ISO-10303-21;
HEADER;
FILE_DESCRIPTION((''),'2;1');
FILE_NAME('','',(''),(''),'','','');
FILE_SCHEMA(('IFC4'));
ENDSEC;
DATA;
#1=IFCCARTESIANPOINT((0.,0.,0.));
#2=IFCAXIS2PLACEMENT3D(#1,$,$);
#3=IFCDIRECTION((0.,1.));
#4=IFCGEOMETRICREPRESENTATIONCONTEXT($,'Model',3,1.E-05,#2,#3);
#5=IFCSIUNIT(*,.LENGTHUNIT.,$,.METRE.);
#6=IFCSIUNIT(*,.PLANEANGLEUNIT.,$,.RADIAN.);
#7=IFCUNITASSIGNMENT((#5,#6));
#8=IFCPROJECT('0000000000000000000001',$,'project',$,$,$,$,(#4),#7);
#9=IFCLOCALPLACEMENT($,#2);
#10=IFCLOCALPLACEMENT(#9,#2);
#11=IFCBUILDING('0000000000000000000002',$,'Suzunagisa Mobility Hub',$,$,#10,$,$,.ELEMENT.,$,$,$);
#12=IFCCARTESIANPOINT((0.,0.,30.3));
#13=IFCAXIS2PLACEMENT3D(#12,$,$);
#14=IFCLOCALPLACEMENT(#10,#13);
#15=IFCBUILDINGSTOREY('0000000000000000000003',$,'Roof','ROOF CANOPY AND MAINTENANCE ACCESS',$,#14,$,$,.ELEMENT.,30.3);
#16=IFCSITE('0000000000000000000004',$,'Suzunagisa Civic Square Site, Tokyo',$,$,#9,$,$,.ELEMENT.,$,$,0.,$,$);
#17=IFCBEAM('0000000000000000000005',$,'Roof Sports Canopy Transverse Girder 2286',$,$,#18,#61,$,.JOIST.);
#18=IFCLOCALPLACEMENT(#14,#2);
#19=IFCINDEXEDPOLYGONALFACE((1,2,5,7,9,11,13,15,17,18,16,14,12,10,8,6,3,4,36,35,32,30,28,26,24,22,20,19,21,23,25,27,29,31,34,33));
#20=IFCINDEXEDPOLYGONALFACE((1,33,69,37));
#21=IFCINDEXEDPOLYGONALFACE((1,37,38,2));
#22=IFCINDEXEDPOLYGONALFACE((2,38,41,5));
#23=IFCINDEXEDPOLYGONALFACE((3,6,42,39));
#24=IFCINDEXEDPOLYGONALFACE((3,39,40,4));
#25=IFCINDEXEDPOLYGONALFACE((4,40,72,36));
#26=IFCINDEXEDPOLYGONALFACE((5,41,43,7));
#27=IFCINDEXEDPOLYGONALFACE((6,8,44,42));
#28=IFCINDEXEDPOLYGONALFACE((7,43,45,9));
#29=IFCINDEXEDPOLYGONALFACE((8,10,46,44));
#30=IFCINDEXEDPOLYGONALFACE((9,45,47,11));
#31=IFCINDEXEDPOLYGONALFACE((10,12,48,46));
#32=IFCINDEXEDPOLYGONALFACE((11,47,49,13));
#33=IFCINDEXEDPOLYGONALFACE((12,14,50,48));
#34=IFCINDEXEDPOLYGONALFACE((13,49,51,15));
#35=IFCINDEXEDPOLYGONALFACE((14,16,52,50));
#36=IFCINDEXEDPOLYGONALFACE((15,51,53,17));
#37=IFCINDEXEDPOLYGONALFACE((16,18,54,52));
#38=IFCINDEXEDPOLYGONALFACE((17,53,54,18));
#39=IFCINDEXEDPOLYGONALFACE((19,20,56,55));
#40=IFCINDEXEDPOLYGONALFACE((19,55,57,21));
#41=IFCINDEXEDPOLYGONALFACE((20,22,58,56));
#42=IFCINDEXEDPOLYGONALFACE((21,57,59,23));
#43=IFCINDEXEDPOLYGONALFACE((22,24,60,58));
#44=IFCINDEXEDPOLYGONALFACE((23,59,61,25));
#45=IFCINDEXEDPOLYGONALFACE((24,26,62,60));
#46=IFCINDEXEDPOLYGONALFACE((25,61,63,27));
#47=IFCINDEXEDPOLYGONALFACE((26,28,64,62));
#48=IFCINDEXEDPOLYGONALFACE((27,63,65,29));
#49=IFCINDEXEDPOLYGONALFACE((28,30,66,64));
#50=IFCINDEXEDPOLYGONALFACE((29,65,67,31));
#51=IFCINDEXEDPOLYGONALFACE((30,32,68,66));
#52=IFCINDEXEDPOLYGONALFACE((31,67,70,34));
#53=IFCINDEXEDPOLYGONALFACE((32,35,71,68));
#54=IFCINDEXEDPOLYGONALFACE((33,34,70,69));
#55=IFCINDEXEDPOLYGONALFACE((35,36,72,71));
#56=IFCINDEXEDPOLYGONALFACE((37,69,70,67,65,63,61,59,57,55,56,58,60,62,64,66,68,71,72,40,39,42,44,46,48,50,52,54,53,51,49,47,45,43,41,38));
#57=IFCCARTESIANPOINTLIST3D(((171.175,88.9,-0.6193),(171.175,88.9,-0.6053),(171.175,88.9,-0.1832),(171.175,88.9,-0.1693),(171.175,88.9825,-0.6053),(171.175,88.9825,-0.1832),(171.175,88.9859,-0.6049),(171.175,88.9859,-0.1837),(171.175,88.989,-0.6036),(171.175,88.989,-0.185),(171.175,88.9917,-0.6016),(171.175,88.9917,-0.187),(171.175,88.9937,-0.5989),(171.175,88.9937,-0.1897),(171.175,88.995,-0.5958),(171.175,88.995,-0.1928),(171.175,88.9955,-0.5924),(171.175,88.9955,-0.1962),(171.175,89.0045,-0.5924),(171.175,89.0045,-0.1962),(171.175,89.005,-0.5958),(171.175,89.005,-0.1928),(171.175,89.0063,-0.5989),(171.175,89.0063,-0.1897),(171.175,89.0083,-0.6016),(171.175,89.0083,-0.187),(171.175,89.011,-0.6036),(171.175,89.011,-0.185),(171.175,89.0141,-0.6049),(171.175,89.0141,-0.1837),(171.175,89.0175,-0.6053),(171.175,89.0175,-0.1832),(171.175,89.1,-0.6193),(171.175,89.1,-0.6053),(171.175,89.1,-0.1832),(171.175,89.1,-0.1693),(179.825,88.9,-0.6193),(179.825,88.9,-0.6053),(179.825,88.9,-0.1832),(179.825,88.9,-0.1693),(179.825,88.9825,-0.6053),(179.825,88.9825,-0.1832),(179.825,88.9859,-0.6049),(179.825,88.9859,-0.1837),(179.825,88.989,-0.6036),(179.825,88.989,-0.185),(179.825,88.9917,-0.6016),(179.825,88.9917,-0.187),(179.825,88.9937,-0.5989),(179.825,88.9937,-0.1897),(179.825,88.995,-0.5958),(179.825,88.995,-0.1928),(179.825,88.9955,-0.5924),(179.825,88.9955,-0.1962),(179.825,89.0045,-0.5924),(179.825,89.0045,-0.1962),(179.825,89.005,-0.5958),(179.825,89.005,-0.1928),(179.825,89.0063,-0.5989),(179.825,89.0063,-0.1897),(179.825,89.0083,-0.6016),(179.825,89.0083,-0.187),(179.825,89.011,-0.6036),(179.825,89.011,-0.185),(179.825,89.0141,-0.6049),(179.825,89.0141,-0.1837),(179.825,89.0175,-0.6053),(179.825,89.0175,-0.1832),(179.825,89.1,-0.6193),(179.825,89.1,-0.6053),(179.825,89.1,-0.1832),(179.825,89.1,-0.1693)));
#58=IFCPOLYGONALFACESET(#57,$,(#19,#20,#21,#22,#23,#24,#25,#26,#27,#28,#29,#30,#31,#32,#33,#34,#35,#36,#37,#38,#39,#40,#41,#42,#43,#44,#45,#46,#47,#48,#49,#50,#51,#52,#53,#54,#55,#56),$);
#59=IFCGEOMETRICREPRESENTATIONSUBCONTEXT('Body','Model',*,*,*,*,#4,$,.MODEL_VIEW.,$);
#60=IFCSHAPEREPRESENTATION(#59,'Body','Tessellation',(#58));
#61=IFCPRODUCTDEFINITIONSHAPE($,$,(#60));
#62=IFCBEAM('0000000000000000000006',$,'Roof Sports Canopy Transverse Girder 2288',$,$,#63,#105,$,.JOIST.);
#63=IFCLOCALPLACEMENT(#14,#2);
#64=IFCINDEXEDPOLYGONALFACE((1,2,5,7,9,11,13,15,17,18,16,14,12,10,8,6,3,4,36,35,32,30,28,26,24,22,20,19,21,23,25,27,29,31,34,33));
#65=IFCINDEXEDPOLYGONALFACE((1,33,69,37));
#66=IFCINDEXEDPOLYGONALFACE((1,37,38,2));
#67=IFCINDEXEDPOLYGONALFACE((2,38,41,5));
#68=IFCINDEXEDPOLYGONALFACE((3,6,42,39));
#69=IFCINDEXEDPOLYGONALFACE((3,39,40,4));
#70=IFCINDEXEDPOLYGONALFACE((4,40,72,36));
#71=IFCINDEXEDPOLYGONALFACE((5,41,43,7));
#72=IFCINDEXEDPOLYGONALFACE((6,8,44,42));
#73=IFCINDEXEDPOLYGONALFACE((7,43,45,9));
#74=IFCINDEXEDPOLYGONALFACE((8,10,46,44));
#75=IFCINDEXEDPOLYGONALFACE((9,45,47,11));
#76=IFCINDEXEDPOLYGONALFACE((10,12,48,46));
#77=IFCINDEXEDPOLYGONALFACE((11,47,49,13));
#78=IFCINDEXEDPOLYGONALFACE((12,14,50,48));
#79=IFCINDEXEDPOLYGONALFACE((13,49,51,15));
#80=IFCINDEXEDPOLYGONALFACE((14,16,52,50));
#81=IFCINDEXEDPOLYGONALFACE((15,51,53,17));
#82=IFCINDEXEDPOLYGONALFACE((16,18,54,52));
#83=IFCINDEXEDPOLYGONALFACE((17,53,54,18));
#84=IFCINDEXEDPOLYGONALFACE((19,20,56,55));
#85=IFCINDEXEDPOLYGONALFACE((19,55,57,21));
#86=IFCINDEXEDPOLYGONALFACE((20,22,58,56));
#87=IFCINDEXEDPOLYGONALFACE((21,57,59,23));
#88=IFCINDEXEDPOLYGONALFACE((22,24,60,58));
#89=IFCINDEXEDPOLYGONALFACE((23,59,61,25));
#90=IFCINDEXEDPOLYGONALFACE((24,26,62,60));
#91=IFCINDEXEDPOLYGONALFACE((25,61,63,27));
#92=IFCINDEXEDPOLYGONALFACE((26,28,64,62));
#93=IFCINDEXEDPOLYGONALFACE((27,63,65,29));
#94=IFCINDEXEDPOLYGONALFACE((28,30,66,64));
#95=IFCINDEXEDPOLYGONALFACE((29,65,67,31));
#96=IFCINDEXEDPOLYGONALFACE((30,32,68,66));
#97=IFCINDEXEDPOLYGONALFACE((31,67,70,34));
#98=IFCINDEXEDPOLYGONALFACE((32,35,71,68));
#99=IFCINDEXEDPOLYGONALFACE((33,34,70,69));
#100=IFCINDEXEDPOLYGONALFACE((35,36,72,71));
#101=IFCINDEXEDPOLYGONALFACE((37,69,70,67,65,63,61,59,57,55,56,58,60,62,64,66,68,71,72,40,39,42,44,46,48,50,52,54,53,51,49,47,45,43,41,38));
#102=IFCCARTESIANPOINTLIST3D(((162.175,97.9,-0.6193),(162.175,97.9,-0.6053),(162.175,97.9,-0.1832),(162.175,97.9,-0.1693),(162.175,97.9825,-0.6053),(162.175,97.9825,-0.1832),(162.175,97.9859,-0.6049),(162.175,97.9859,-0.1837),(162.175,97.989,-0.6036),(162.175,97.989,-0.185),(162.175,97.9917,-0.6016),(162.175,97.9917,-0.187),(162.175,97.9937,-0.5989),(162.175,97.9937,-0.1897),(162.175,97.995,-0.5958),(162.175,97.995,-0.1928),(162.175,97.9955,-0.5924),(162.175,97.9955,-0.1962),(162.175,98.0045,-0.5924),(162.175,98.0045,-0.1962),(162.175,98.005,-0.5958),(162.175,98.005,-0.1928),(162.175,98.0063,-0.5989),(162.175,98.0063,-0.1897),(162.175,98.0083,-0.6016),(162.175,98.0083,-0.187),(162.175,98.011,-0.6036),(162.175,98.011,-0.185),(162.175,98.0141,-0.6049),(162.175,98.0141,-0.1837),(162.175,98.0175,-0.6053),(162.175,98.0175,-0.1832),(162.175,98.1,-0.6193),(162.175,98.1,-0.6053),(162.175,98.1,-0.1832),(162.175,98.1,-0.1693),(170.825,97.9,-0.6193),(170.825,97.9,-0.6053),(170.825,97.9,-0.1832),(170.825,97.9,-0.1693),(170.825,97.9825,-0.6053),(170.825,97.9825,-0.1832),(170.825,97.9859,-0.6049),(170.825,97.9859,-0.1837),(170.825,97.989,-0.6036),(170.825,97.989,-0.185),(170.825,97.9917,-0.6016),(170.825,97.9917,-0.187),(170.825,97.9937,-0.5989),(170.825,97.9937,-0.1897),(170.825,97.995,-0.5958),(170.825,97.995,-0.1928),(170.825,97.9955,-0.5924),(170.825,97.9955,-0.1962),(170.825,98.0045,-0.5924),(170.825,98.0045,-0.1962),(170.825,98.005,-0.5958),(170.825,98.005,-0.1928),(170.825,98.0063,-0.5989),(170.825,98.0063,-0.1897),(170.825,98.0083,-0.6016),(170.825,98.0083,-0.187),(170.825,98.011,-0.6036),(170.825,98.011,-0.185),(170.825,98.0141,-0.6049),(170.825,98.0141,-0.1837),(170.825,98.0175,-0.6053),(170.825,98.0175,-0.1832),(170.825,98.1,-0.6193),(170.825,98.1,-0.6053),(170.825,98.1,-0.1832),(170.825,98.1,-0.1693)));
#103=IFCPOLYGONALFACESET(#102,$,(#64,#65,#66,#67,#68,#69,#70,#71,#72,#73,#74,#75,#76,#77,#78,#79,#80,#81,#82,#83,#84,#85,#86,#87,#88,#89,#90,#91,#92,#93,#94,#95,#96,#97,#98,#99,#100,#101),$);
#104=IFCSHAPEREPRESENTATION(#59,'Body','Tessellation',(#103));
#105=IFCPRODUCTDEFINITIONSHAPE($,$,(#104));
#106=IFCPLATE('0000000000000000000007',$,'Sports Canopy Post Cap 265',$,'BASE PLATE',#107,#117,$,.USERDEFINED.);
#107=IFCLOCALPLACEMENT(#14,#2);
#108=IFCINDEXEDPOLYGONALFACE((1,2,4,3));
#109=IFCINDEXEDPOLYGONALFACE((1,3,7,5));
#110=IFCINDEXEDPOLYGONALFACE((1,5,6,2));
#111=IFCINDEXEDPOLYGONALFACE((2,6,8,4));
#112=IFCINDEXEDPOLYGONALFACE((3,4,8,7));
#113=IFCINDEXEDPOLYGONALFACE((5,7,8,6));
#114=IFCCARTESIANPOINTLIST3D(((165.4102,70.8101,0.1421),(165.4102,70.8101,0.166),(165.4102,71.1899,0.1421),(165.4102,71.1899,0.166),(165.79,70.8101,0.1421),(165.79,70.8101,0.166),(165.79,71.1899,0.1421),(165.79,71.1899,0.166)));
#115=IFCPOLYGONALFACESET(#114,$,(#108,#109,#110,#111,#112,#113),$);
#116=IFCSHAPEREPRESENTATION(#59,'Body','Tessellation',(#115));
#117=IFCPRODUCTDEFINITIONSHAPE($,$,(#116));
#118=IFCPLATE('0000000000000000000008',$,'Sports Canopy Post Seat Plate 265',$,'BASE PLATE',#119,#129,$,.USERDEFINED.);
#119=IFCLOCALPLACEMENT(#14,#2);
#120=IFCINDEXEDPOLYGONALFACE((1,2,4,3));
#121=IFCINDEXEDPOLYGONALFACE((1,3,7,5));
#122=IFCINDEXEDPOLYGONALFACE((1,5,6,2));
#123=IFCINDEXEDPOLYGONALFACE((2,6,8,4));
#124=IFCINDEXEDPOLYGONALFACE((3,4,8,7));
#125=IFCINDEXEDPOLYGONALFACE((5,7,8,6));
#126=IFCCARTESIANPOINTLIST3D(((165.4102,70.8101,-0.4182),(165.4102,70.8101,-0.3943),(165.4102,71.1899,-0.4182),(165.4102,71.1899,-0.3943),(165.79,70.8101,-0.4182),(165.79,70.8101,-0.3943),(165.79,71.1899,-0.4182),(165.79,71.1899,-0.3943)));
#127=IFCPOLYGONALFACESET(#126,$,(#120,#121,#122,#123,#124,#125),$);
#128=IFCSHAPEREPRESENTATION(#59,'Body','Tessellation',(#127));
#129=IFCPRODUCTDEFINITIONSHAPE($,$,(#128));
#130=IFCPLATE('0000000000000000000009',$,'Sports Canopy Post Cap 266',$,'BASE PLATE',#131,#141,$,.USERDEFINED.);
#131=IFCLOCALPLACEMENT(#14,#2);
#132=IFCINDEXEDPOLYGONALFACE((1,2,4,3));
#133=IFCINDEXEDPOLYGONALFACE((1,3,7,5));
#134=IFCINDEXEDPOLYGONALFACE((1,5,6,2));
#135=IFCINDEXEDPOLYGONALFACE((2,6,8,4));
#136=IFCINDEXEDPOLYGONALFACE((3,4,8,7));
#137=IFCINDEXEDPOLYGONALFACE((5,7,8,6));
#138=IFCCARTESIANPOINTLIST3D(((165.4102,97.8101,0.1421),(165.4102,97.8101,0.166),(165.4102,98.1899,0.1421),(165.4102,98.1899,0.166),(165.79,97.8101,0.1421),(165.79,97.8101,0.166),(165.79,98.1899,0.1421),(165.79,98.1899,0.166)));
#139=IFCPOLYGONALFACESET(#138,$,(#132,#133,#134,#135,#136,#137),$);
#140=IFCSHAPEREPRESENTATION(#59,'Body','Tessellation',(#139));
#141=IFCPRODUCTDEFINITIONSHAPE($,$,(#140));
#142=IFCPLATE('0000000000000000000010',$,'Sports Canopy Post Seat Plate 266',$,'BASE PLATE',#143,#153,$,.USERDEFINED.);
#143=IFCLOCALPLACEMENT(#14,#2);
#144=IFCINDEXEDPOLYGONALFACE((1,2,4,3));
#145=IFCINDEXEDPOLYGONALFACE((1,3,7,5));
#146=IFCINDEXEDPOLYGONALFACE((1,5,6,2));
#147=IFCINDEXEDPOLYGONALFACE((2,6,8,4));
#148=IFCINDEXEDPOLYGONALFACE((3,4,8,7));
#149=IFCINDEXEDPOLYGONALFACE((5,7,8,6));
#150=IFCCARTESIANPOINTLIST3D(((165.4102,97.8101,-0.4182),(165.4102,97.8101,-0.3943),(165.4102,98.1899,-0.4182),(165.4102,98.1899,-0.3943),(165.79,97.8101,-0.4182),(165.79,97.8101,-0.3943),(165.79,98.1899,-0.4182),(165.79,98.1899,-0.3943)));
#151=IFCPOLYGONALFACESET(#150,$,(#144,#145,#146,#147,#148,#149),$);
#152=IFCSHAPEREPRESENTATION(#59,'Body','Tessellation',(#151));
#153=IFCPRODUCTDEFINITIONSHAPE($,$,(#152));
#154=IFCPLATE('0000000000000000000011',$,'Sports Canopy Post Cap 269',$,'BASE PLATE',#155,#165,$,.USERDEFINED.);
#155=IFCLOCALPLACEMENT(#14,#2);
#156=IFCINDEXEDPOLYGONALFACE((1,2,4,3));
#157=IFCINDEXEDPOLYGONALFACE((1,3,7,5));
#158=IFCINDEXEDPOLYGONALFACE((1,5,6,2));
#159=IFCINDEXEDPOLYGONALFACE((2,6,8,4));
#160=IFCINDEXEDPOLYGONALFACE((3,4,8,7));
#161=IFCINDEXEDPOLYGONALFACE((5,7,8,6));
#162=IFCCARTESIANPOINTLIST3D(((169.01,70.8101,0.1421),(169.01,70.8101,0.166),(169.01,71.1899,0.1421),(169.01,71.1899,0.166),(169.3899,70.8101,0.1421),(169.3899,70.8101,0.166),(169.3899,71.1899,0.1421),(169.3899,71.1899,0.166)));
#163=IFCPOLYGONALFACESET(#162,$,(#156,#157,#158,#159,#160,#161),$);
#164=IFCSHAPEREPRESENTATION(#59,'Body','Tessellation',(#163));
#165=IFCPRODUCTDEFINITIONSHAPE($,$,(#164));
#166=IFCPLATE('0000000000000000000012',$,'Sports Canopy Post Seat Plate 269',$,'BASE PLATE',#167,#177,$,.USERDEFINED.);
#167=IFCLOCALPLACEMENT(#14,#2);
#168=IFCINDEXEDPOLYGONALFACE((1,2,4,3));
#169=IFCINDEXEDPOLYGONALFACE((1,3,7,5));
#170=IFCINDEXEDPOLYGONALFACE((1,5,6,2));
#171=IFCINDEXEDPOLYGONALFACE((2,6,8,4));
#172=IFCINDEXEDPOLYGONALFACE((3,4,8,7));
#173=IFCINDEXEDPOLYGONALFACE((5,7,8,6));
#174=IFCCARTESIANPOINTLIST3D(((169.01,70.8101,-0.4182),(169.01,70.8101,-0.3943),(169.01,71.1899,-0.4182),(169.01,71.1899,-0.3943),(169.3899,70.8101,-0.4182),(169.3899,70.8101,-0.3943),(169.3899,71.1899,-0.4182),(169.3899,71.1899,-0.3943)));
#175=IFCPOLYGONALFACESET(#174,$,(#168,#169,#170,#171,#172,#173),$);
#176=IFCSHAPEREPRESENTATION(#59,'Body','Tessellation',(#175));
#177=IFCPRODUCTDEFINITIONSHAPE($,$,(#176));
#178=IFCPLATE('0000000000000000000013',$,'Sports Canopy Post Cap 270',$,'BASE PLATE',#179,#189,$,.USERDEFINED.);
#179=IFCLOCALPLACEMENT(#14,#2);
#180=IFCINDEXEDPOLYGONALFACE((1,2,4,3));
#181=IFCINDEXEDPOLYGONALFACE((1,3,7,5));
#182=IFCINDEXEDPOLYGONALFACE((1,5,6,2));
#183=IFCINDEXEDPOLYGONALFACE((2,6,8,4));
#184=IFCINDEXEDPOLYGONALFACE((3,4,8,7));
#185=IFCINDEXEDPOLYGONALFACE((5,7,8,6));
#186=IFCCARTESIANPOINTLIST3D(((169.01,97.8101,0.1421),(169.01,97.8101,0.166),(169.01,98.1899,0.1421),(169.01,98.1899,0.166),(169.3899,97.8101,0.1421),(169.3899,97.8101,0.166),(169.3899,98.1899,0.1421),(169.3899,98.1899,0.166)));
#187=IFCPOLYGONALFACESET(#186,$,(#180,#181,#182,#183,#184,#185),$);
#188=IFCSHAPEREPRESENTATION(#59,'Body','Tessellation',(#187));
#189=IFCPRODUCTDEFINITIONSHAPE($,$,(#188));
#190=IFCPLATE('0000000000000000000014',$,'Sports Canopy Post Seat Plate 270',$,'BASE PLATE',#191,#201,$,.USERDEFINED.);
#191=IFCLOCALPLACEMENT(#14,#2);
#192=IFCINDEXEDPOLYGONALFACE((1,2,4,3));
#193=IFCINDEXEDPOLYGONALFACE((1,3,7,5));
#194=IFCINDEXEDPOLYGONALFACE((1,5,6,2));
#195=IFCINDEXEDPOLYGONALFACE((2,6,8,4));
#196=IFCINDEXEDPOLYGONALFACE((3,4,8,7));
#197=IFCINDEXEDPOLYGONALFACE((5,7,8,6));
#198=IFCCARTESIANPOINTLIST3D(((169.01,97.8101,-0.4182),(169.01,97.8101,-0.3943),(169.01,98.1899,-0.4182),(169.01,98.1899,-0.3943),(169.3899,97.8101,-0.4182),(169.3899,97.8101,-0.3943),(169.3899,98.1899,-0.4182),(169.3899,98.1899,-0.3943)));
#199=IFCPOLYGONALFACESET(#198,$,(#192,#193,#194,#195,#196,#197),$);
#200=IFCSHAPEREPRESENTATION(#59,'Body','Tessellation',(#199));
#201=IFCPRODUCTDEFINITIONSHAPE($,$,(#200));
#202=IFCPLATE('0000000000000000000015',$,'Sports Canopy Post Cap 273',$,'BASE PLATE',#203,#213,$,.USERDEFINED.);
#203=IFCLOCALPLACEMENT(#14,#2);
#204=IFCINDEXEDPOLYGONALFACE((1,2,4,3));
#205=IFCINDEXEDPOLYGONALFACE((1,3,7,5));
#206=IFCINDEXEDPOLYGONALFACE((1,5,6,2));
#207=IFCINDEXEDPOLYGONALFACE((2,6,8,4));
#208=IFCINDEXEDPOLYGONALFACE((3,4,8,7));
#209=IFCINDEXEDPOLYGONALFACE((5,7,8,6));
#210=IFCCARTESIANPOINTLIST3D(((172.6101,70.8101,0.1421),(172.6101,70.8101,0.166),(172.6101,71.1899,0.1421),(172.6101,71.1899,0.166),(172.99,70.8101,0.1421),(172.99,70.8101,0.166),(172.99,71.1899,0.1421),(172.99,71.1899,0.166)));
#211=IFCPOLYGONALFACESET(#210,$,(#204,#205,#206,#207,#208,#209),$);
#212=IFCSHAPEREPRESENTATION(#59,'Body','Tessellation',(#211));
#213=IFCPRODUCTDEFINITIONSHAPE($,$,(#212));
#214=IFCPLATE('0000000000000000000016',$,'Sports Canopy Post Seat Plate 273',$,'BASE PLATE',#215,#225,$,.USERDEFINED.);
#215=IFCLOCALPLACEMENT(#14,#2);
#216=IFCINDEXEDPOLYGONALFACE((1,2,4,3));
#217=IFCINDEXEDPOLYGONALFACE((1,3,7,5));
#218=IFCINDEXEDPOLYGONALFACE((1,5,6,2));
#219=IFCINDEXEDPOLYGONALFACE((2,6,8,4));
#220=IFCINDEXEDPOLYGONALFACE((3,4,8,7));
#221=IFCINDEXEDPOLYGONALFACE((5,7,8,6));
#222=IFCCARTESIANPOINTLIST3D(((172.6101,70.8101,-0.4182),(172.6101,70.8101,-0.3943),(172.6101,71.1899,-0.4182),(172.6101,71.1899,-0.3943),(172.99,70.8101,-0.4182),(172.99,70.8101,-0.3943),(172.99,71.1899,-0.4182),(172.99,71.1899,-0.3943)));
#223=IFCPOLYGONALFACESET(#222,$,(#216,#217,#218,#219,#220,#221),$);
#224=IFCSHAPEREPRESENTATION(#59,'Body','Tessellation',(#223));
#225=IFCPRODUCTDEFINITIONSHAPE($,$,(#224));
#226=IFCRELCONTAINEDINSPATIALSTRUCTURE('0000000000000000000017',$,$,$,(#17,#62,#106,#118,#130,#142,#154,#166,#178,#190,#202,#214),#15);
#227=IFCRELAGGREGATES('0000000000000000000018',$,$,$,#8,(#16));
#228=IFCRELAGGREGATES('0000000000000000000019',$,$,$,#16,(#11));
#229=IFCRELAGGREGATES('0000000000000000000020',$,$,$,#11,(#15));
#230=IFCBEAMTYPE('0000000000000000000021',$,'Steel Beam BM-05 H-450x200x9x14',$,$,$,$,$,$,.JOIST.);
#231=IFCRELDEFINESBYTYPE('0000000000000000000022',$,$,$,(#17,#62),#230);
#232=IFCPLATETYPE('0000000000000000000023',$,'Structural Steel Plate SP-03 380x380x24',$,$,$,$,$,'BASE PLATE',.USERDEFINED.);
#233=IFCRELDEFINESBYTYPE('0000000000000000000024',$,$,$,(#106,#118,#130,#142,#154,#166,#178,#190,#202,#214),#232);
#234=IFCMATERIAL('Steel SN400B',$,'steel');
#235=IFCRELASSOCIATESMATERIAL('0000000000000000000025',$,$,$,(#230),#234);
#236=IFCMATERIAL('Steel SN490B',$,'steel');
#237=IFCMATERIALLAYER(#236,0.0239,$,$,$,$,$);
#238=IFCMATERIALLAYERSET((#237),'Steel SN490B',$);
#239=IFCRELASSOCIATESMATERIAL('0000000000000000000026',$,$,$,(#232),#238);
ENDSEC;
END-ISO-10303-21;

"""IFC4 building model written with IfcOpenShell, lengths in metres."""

from ifc_helpers import new_model, si_unit, direction, frame, origin, origin_2d, place, context, subcontext, project, spatial, rectangle, i_section, extrude, material, layer, layer_set, material_profile, profile_set, type_object, element, save


model = new_model("IFC4")

# Units and contexts
model_context = context("Model", 3, precision=1e-05, world=origin(), true_north=direction((0.0, 1.0)))
body_context = subcontext(model_context, "Body", "Model", "MODEL_VIEW")
ifc_project = project(units=[si_unit("LENGTHUNIT", "METRE"), si_unit("PLANEANGLEUNIT", "RADIAN")], contexts=[model_context])

# Site, building, storey
site_placement = place(None, origin())
site = spatial("IfcSite", under=ifc_project, at=site_placement, Name="Suzunagisa Civic Square Site, Tokyo", CompositionType="ELEMENT", RefElevation=0.0)
building_placement = place(site_placement, origin())
building = spatial("IfcBuilding", under=site, at=building_placement, Name="Suzunagisa Mobility Hub", CompositionType="ELEMENT")
storey_placement = place(building_placement, frame((0.0, 0.0, 30.3)))
storey = spatial("IfcBuildingStorey", under=building, at=storey_placement, Name="Roof", Description="ROOF CANOPY AND MAINTENANCE ACCESS", CompositionType="ELEMENT", Elevation=30.3)

# Shared definitions
ifc_material_1 = material(Name="Steel SN400B", Category="steel")

# Beams
ifc_material_profile_1 = material_profile(ifc_material_1, i_section(OverallWidth=0.2, OverallDepth=0.45, WebThickness=0.009, FlangeThickness=0.0139, FilletRadius=0.0129, at=origin_2d()), Name="H-450x200x9x14")
ifc_profile_set_1 = profile_set([ifc_material_profile_1], Name="Steel SN400B")
beam_type = type_object("IfcBeamType", Name="Steel Beam BM-05 H-450x200x9x14", PredefinedType="JOIST", material=ifc_profile_set_1)
for number, where, z_axis, x_axis, name in (
    (1, (171.175, 89.0, -0.3943), (1.0, 0.0, 0.0), (0.0, 1.0, 0.0), "Roof Sports Canopy Transverse Girder 2286"),
    (2, (162.175, 98.0, -0.3943), (1.0, 0.0, 0.0), (0.0, 1.0, 0.0), "Roof Sports Canopy Transverse Girder 2288"),
):
    element("IfcBeam", number, at=place(storey_placement, frame(where, z_axis=z_axis, x_axis=x_axis)), inside=storey, type_object=beam_type, Name=name, PredefinedType="JOIST", context=body_context, shape_type="SweptSolid", body=[
        extrude(i_section(OverallWidth=0.2, OverallDepth=0.45, WebThickness=0.009, FlangeThickness=0.0139, FilletRadius=0.0129, at=origin_2d()), origin(), (0.0, 0.0, 1.0), 8.6499),
    ])

# Plates
ifc_material_2 = material(Name="Steel SN490B", Category="steel")
ifc_layer = layer(ifc_material_2, 0.0239)
ifc_layer_set = layer_set([ifc_layer], Name="Steel SN490B")
plate_type = type_object("IfcPlateType", Name="Structural Steel Plate SP-03 380x380x24", ElementType="BASE PLATE", PredefinedType="USERDEFINED", material=ifc_layer_set)
for number, where, z_axis, x_axis, name in (
    (3, (165.6001, 71.0, 0.1421), (0.0, 0.0, 1.0), (1.0, 0.0, 0.0), "Sports Canopy Post Cap 265"),
    (4, (165.6001, 71.0, -0.4182), (0.0, 0.0, 1.0), (1.0, 0.0, 0.0), "Sports Canopy Post Seat Plate 265"),
    (5, (165.6001, 98.0, 0.1421), (0.0, 0.0, 1.0), (1.0, 0.0, 0.0), "Sports Canopy Post Cap 266"),
    (6, (165.6001, 98.0, -0.4182), (0.0, 0.0, 1.0), (1.0, 0.0, 0.0), "Sports Canopy Post Seat Plate 266"),
    (7, (169.2, 71.0, 0.1421), (0.0, 0.0, 1.0), (1.0, 0.0, 0.0), "Sports Canopy Post Cap 269"),
    (8, (169.2, 71.0, -0.4182), (0.0, 0.0, 1.0), (1.0, 0.0, 0.0), "Sports Canopy Post Seat Plate 269"),
    (9, (169.2, 98.0, 0.1421), (0.0, 0.0, 1.0), (1.0, 0.0, 0.0), "Sports Canopy Post Cap 270"),
    (10, (169.2, 98.0, -0.4182), (0.0, 0.0, 1.0), (1.0, 0.0, 0.0), "Sports Canopy Post Seat Plate 270"),
    (11, (172.8, 71.0, 0.1421), (0.0, 0.0, 1.0), (1.0, 0.0, 0.0), "Sports Canopy Post Cap 273"),
    (12, (172.8, 71.0, -0.4182), (0.0, 0.0, 1.0), (1.0, 0.0, 0.0), "Sports Canopy Post Seat Plate 273"),
):
    element("IfcPlate", number, at=place(storey_placement, frame(where, z_axis=z_axis, x_axis=x_axis)), inside=storey, type_object=plate_type, Name=name, ObjectType="BASE PLATE", PredefinedType="USERDEFINED", context=body_context, shape_type="SweptSolid", body=[
        extrude(rectangle(XDim=0.3799, YDim=0.3799, at=origin_2d()), origin(), (0.0, 0.0, 1.0), 0.0239),
    ])

save(model, "model.ifc")
